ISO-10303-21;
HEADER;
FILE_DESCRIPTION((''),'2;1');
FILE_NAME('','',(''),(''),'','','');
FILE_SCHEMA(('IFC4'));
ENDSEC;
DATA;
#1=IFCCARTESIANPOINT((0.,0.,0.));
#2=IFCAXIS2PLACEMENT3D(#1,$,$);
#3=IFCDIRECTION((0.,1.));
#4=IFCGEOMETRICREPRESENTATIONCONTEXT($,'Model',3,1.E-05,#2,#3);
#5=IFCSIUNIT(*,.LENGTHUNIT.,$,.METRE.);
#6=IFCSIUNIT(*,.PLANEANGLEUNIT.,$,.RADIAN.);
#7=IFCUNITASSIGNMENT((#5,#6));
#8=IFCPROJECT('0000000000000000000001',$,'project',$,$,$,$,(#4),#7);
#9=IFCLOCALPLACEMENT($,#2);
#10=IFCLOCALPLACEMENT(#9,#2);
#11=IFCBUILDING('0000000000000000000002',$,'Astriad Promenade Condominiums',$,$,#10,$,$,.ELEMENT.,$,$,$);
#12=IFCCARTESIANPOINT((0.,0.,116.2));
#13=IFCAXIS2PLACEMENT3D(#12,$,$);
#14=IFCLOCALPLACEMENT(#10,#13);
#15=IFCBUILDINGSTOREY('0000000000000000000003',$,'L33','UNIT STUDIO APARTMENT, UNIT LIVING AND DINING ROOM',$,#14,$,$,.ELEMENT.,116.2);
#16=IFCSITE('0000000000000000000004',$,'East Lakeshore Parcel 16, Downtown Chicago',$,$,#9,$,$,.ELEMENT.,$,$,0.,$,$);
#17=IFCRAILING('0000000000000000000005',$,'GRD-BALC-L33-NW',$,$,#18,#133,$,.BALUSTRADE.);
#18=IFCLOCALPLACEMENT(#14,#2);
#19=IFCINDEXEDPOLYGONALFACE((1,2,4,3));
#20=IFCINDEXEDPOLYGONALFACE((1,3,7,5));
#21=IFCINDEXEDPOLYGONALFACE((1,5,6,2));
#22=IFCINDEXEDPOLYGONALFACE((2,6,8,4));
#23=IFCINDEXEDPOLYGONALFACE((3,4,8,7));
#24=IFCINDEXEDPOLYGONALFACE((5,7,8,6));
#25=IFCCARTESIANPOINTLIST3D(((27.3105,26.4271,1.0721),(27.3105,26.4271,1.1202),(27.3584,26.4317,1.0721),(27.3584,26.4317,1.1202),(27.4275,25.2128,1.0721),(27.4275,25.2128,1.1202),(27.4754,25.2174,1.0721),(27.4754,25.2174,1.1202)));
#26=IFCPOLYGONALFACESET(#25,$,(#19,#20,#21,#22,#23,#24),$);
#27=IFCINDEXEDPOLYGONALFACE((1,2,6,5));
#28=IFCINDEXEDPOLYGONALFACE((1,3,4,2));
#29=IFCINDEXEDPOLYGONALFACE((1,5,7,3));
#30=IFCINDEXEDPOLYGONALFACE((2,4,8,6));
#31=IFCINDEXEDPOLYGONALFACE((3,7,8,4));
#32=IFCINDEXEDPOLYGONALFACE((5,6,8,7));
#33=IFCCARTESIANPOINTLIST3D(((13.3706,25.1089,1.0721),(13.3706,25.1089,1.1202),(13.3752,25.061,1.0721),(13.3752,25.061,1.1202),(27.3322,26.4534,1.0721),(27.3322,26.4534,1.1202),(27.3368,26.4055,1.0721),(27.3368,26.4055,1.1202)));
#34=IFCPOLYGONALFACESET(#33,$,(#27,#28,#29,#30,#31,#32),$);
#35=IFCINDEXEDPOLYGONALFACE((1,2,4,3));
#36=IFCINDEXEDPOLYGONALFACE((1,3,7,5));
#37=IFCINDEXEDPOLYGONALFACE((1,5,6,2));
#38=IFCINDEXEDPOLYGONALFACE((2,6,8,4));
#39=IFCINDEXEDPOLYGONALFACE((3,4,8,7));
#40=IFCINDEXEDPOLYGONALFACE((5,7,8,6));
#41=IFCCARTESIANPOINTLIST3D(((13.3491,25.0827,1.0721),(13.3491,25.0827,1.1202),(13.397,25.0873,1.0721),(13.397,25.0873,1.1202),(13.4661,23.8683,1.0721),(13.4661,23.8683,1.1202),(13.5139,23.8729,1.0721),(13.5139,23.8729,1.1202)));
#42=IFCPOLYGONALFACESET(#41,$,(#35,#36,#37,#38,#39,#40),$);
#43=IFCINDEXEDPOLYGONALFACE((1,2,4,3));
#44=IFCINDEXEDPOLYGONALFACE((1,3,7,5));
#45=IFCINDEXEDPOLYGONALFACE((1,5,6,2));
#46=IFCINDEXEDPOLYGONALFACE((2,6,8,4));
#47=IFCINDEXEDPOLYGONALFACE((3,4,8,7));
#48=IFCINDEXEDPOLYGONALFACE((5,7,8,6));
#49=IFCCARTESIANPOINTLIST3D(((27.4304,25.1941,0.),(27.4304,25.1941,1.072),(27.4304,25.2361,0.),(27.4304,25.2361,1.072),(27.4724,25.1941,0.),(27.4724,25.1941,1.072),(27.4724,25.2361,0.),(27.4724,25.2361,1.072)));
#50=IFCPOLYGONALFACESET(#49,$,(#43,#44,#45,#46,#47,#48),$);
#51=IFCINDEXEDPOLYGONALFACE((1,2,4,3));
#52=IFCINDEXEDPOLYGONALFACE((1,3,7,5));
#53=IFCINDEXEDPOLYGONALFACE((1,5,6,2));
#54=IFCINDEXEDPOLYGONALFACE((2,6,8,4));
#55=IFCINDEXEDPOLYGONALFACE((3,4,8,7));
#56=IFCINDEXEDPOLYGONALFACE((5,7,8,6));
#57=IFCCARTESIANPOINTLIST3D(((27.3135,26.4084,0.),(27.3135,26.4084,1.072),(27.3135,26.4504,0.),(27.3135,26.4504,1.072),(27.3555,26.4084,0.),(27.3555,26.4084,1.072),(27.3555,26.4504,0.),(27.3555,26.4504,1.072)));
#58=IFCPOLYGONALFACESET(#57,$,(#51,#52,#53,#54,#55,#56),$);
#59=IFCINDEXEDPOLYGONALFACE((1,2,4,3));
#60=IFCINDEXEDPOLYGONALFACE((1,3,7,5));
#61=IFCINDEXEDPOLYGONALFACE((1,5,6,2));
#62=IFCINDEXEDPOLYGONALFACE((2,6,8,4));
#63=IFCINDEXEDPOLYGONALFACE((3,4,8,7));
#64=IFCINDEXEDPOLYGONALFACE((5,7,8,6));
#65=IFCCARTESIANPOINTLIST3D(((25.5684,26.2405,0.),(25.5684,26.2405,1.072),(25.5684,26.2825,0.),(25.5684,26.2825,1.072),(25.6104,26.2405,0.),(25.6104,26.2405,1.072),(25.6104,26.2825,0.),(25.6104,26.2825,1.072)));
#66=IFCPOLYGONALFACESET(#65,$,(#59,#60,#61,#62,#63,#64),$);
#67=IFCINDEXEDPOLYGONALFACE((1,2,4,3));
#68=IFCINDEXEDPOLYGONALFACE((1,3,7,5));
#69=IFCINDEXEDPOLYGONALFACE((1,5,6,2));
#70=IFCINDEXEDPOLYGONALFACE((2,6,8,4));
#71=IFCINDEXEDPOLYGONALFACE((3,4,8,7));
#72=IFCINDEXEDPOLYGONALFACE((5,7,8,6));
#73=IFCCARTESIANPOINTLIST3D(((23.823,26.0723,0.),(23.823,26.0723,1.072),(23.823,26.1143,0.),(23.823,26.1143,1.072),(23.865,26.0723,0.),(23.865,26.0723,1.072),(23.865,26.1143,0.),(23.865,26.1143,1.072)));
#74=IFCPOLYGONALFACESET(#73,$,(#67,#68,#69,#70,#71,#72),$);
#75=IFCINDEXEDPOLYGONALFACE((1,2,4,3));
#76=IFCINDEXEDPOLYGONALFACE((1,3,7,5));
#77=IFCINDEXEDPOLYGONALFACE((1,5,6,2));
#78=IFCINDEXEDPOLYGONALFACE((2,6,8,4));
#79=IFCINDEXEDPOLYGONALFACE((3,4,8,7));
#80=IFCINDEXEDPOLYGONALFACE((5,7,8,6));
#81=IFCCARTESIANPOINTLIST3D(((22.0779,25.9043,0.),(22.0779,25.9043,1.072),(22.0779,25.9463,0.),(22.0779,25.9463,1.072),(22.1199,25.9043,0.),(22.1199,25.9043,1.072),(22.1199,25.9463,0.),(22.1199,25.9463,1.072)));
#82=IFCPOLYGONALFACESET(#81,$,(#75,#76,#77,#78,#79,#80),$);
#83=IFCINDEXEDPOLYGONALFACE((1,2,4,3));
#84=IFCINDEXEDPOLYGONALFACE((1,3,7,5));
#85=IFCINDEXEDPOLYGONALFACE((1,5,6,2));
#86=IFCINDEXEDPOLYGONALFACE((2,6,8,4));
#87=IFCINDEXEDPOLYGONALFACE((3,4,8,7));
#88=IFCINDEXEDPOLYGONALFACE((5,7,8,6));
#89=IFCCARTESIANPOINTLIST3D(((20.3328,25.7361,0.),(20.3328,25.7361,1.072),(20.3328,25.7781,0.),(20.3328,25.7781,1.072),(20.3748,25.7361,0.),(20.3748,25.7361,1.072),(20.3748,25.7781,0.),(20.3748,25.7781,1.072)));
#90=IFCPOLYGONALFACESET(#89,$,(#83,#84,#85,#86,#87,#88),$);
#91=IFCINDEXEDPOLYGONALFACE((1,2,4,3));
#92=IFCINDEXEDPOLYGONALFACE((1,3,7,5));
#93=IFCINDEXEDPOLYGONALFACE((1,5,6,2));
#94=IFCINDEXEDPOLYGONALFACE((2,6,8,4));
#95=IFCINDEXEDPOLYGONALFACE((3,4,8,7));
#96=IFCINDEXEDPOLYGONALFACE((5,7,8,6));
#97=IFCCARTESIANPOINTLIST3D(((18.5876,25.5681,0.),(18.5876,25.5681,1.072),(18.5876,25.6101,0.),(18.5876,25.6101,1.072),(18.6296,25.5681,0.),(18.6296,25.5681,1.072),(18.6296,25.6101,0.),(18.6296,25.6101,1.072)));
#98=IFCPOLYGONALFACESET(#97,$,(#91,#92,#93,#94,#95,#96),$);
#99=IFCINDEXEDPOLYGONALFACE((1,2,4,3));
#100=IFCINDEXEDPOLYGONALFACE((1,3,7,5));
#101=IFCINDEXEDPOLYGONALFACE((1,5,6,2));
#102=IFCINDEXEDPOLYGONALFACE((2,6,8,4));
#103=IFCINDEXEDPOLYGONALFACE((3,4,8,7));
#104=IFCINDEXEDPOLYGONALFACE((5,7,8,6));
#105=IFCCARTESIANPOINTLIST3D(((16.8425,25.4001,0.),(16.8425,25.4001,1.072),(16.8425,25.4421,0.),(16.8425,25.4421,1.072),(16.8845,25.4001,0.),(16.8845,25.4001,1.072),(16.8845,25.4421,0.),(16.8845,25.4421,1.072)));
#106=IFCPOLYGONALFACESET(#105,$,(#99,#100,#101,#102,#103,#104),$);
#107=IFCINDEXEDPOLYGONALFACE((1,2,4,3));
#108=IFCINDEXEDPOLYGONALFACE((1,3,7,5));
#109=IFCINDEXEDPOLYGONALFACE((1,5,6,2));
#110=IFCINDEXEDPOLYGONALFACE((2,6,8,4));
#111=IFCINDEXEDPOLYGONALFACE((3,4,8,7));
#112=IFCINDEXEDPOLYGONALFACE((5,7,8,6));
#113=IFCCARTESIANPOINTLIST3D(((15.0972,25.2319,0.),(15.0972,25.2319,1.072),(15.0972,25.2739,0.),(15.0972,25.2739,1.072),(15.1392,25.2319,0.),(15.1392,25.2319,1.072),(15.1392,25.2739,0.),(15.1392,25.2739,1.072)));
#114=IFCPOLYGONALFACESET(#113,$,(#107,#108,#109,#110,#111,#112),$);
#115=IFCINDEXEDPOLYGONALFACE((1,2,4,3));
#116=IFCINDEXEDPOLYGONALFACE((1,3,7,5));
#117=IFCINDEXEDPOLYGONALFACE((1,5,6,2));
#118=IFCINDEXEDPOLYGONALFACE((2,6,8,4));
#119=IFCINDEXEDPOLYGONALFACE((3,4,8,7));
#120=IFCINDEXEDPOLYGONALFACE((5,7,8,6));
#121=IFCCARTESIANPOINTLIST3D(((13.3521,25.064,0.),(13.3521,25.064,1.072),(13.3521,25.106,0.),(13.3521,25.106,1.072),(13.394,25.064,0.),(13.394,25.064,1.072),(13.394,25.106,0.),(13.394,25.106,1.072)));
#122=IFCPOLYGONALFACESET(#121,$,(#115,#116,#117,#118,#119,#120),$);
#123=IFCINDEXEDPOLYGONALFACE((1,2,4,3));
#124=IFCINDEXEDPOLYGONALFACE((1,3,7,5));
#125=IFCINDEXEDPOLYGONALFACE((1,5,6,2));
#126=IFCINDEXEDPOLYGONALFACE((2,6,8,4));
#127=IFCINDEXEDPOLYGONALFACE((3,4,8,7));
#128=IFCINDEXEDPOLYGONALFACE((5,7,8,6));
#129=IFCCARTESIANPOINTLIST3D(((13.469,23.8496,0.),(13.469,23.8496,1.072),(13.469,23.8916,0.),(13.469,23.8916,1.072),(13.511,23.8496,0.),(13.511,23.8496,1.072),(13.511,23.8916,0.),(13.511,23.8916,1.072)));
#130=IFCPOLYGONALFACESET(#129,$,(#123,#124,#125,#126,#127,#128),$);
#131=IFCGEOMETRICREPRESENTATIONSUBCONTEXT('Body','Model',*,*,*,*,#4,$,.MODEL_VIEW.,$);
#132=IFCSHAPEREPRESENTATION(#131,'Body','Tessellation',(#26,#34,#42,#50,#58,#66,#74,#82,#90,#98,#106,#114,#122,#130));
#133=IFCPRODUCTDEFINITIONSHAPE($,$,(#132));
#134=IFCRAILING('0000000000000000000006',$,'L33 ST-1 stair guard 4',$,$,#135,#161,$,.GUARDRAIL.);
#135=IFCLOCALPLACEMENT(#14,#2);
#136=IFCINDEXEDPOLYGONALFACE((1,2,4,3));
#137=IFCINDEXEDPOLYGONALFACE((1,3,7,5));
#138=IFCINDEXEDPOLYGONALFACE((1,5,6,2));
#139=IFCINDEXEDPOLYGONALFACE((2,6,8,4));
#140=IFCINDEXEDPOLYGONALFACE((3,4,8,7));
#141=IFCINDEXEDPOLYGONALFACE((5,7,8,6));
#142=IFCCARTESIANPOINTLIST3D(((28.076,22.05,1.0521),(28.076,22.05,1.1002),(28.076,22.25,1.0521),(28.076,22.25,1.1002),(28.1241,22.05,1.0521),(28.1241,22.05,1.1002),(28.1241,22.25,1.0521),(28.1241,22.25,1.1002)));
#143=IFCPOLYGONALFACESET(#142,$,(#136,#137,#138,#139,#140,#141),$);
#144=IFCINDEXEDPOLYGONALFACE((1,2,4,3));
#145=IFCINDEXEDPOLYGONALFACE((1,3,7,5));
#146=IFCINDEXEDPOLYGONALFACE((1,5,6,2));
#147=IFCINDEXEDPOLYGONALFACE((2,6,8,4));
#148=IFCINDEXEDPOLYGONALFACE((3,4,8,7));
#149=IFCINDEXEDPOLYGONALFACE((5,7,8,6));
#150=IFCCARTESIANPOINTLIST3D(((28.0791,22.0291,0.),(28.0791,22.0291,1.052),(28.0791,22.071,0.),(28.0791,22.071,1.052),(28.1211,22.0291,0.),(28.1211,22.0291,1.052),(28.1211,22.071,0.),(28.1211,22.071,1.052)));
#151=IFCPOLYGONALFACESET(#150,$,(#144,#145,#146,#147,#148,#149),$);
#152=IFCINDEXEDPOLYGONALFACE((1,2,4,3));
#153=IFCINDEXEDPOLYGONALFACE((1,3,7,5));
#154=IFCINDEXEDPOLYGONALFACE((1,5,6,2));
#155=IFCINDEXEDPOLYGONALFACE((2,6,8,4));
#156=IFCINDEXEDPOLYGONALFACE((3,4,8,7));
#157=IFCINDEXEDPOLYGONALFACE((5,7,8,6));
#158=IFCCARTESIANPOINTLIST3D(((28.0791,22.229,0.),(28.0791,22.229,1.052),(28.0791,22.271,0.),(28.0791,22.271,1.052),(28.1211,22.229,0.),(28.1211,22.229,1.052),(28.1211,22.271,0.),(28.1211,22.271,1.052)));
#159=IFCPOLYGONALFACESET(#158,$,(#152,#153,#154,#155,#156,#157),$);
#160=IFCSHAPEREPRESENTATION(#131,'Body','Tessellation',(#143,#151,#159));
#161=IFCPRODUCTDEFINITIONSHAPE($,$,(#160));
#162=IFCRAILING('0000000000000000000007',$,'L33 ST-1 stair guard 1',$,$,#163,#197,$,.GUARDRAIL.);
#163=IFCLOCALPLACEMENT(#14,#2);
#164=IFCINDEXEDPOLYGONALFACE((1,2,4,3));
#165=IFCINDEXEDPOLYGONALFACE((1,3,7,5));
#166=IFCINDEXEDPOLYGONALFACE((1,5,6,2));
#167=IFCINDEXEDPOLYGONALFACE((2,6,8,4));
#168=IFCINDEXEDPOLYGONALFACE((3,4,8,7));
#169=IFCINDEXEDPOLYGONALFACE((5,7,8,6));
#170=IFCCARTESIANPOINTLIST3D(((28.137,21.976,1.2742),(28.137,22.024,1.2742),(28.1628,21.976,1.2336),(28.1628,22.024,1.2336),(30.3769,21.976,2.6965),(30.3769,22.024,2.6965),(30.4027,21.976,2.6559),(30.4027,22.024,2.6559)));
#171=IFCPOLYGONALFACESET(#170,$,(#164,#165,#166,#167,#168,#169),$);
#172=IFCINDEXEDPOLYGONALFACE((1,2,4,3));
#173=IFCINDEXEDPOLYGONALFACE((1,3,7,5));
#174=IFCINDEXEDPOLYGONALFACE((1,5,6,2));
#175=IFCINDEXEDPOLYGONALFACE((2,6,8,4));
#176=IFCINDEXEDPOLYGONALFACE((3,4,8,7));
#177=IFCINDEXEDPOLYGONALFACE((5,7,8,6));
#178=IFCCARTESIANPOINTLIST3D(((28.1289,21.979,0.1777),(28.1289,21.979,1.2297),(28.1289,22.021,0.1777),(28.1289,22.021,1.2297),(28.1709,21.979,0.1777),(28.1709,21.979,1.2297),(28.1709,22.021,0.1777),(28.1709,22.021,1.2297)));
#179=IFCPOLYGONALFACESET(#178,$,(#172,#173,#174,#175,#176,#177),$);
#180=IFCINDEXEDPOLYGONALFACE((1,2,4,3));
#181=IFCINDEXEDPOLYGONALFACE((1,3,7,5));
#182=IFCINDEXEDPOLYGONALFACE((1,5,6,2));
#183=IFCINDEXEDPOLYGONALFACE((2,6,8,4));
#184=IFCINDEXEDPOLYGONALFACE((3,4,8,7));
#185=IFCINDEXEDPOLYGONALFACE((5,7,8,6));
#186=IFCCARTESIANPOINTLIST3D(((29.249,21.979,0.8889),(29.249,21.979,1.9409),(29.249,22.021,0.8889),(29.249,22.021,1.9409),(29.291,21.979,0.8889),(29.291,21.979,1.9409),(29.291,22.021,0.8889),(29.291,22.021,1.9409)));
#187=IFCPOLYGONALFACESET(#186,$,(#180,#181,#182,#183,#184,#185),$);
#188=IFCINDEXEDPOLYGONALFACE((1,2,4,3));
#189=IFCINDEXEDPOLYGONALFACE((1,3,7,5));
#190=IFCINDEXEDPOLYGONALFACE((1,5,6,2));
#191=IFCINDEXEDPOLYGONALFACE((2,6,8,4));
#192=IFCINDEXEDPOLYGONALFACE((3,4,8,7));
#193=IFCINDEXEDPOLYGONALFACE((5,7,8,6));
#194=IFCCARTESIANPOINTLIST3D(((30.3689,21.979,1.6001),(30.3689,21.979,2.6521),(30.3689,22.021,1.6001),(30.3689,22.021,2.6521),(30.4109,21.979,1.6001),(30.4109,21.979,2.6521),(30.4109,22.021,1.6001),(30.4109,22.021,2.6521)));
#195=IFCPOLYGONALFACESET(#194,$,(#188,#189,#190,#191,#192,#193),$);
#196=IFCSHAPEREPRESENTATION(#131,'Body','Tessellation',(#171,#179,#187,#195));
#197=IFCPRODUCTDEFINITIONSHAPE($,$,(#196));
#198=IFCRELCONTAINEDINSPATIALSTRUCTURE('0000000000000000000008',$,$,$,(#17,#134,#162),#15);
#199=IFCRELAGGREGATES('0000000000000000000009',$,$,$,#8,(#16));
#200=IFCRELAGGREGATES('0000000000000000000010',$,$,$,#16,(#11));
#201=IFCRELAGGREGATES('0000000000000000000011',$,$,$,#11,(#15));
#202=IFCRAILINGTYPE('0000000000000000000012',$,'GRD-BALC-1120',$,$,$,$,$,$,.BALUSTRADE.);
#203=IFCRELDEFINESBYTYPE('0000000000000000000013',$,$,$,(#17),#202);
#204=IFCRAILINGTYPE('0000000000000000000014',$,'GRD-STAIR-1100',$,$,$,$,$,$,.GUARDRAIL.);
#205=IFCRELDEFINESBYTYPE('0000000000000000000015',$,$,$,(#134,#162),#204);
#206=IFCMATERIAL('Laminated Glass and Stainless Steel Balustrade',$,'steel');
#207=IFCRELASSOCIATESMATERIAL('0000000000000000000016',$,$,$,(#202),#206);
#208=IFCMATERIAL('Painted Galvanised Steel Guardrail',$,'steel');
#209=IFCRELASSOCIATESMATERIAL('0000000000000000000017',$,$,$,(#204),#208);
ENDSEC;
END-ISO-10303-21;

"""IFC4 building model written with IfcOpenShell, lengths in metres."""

from ifc_helpers import new_model, si_unit, direction, frame, origin, origin_2d, place, context, subcontext, project, spatial, rectangle, extrude, source, transform, mapped, material, type_object, type_shapes, element, save


model = new_model("IFC4")

# Units and contexts
model_context = context("Model", 3, precision=1e-05, world=origin(), true_north=direction((0.0, 1.0)))
body_context = subcontext(model_context, "Body", "Model", "MODEL_VIEW")
ifc_project = project(units=[si_unit("LENGTHUNIT", "METRE"), si_unit("PLANEANGLEUNIT", "RADIAN")], contexts=[model_context])

# Site, building, storey
site_placement = place(None, origin())
site = spatial("IfcSite", under=ifc_project, at=site_placement, Name="East Lakeshore Parcel 16, Downtown Chicago", CompositionType="ELEMENT", RefElevation=0.0)
building_placement = place(site_placement, origin())
building = spatial("IfcBuilding", under=site, at=building_placement, Name="Astriad Promenade Condominiums", CompositionType="ELEMENT")
storey_placement = place(building_placement, frame((0.0, 0.0, 116.2)))
storey = spatial("IfcBuildingStorey", under=building, at=storey_placement, Name="L33", Description="UNIT STUDIO APARTMENT, UNIT LIVING AND DINING ROOM", CompositionType="ELEMENT", Elevation=116.2)

# Railings
ifc_material_1 = material(Name="Laminated Glass and Stainless Steel Balustrade", Category="steel")
railing_type_1 = type_object("IfcRailingType", Name="GRD-BALC-1120", PredefinedType="BALUSTRADE", material=ifc_material_1)
shared_shape_1 = source(origin(), body_context, "Body", "SweptSolid", [
    extrude(rectangle(XDim=0.0481, YDim=0.0481, at=origin_2d()), frame((0.0, 0.0, 1.0962), z_axis=(-0.095857, 0.995395, 0.0), x_axis=(-0.995395, -0.095857, 0.0)), (0.0, 0.0, 1.0), 1.22),
    extrude(rectangle(XDim=0.0481, YDim=0.0481, at=origin_2d()), frame((-0.1169, 1.2144, 1.0962), z_axis=(-0.995395, -0.095856, 0.0), x_axis=(0.095856, -0.995395, 0.0)), (0.0, 0.0, 1.0), 14.0261),
    extrude(rectangle(XDim=0.0481, YDim=0.0481, at=origin_2d()), frame((-14.0784, -0.1301, 1.0962), z_axis=(0.095857, -0.995395, 0.0), x_axis=(0.995395, 0.095857, 0.0)), (0.0, 0.0, 1.0), 1.22),
    extrude(rectangle(XDim=0.042, YDim=0.042, at=origin_2d()), origin(), (0.0, 0.0, 1.0), 1.072),
    extrude(rectangle(XDim=0.042, YDim=0.042, at=origin_2d()), frame((-0.1169, 1.2144, 0.0)), (0.0, 0.0, 1.0), 1.072),
    extrude(rectangle(XDim=0.042, YDim=0.042, at=origin_2d()), frame((-1.8621, 1.0464, 0.0)), (0.0, 0.0, 1.0), 1.072),
    extrude(rectangle(XDim=0.042, YDim=0.042, at=origin_2d()), frame((-3.6074, 0.8782, 0.0)), (0.0, 0.0, 1.0), 1.072),
    extrude(rectangle(XDim=0.042, YDim=0.042, at=origin_2d()), frame((-5.3525, 0.7102, 0.0)), (0.0, 0.0, 1.0), 1.072),
    extrude(rectangle(XDim=0.042, YDim=0.042, at=origin_2d()), frame((-7.0977, 0.542, 0.0)), (0.0, 0.0, 1.0), 1.072),
    extrude(rectangle(XDim=0.042, YDim=0.042, at=origin_2d()), frame((-8.8428, 0.374, 0.0)), (0.0, 0.0, 1.0), 1.072),
    extrude(rectangle(XDim=0.042, YDim=0.042, at=origin_2d()), frame((-10.5879, 0.2061, 0.0)), (0.0, 0.0, 1.0), 1.072),
    extrude(rectangle(XDim=0.042, YDim=0.042, at=origin_2d()), frame((-12.3333, 0.0378, 0.0)), (0.0, 0.0, 1.0), 1.072),
    extrude(rectangle(XDim=0.042, YDim=0.042, at=origin_2d()), frame((-14.0784, -0.1301, 0.0)), (0.0, 0.0, 1.0), 1.072),
    extrude(rectangle(XDim=0.042, YDim=0.042, at=origin_2d()), frame((-13.9614, -1.3445, 0.0)), (0.0, 0.0, 1.0), 1.072),
])
type_shapes(railing_type_1, [shared_shape_1])
railing_1_placement = place(storey_placement, frame((27.4514, 25.2151, 0.0)))
element("IfcRailing", 1, at=railing_1_placement, inside=storey, type_object=railing_type_1, Name="GRD-BALC-L33-NW", PredefinedType="BALUSTRADE", context=body_context, shape_type="MappedRepresentation", body=[
    mapped(shared_shape_1, transform((0.0, 0.0, 0.0), scale=1.0)),
])
ifc_material_2 = material(Name="Painted Galvanised Steel Guardrail", Category="steel")
railing_type_2 = type_object("IfcRailingType", Name="GRD-STAIR-1100", PredefinedType="GUARDRAIL", material=ifc_material_2)
shared_shape_2 = source(origin(), body_context, "Body", "SweptSolid", [
    extrude(rectangle(XDim=0.0481, YDim=0.0481, at=origin_2d()), frame((0.0, 0.0, 1.0762), z_axis=(0.0, 1.0, 0.0), x_axis=(-1.0, 0.0, 0.0)), (0.0, 0.0, 1.0), 0.2),
    extrude(rectangle(XDim=0.042, YDim=0.042, at=origin_2d()), origin(), (0.0, 0.0, 1.0), 1.052),
    extrude(rectangle(XDim=0.042, YDim=0.042, at=origin_2d()), frame((0.0, 0.2, 0.0)), (0.0, 0.0, 1.0), 1.052),
])
railing_2_placement = place(storey_placement, frame((28.1001, 22.05, 0.0)))
element("IfcRailing", 2, at=railing_2_placement, inside=storey, type_object=railing_type_2, Name="L33 ST-1 stair guard 4", PredefinedType="GUARDRAIL", context=body_context, shape_type="MappedRepresentation", body=[
    mapped(shared_shape_2, transform((0.0, 0.0, 0.0), scale=1.0)),
])
shared_shape_3 = source(origin(), body_context, "Body", "SweptSolid", [
    extrude(rectangle(XDim=0.0481, YDim=0.0481, at=origin_2d()), frame((0.0, 0.0, 1.0762), z_axis=(0.844188, 0.0, 0.536048), x_axis=(0.0, 1.0, 0.0)), (0.0, 0.0, 1.0), 2.6533),
    extrude(rectangle(XDim=0.042, YDim=0.042, at=origin_2d()), origin(), (0.0, 0.0, 1.0), 1.052),
    extrude(rectangle(XDim=0.042, YDim=0.042, at=origin_2d()), frame((1.1201, 0.0, 0.7112)), (0.0, 0.0, 1.0), 1.052),
    extrude(rectangle(XDim=0.042, YDim=0.042, at=origin_2d()), frame((2.24, 0.0, 1.4224)), (0.0, 0.0, 1.0), 1.052),
])
type_shapes(railing_type_2, [shared_shape_2, shared_shape_3])
railing_3_placement = place(storey_placement, frame((28.1499, 22.0, 0.1777)))
element("IfcRailing", 3, at=railing_3_placement, inside=storey, type_object=railing_type_2, Name="L33 ST-1 stair guard 1", PredefinedType="GUARDRAIL", context=body_context, shape_type="MappedRepresentation", body=[
    mapped(shared_shape_3, transform((0.0, 0.0, 0.0), scale=1.0)),
])

save(model, "model.ifc")
